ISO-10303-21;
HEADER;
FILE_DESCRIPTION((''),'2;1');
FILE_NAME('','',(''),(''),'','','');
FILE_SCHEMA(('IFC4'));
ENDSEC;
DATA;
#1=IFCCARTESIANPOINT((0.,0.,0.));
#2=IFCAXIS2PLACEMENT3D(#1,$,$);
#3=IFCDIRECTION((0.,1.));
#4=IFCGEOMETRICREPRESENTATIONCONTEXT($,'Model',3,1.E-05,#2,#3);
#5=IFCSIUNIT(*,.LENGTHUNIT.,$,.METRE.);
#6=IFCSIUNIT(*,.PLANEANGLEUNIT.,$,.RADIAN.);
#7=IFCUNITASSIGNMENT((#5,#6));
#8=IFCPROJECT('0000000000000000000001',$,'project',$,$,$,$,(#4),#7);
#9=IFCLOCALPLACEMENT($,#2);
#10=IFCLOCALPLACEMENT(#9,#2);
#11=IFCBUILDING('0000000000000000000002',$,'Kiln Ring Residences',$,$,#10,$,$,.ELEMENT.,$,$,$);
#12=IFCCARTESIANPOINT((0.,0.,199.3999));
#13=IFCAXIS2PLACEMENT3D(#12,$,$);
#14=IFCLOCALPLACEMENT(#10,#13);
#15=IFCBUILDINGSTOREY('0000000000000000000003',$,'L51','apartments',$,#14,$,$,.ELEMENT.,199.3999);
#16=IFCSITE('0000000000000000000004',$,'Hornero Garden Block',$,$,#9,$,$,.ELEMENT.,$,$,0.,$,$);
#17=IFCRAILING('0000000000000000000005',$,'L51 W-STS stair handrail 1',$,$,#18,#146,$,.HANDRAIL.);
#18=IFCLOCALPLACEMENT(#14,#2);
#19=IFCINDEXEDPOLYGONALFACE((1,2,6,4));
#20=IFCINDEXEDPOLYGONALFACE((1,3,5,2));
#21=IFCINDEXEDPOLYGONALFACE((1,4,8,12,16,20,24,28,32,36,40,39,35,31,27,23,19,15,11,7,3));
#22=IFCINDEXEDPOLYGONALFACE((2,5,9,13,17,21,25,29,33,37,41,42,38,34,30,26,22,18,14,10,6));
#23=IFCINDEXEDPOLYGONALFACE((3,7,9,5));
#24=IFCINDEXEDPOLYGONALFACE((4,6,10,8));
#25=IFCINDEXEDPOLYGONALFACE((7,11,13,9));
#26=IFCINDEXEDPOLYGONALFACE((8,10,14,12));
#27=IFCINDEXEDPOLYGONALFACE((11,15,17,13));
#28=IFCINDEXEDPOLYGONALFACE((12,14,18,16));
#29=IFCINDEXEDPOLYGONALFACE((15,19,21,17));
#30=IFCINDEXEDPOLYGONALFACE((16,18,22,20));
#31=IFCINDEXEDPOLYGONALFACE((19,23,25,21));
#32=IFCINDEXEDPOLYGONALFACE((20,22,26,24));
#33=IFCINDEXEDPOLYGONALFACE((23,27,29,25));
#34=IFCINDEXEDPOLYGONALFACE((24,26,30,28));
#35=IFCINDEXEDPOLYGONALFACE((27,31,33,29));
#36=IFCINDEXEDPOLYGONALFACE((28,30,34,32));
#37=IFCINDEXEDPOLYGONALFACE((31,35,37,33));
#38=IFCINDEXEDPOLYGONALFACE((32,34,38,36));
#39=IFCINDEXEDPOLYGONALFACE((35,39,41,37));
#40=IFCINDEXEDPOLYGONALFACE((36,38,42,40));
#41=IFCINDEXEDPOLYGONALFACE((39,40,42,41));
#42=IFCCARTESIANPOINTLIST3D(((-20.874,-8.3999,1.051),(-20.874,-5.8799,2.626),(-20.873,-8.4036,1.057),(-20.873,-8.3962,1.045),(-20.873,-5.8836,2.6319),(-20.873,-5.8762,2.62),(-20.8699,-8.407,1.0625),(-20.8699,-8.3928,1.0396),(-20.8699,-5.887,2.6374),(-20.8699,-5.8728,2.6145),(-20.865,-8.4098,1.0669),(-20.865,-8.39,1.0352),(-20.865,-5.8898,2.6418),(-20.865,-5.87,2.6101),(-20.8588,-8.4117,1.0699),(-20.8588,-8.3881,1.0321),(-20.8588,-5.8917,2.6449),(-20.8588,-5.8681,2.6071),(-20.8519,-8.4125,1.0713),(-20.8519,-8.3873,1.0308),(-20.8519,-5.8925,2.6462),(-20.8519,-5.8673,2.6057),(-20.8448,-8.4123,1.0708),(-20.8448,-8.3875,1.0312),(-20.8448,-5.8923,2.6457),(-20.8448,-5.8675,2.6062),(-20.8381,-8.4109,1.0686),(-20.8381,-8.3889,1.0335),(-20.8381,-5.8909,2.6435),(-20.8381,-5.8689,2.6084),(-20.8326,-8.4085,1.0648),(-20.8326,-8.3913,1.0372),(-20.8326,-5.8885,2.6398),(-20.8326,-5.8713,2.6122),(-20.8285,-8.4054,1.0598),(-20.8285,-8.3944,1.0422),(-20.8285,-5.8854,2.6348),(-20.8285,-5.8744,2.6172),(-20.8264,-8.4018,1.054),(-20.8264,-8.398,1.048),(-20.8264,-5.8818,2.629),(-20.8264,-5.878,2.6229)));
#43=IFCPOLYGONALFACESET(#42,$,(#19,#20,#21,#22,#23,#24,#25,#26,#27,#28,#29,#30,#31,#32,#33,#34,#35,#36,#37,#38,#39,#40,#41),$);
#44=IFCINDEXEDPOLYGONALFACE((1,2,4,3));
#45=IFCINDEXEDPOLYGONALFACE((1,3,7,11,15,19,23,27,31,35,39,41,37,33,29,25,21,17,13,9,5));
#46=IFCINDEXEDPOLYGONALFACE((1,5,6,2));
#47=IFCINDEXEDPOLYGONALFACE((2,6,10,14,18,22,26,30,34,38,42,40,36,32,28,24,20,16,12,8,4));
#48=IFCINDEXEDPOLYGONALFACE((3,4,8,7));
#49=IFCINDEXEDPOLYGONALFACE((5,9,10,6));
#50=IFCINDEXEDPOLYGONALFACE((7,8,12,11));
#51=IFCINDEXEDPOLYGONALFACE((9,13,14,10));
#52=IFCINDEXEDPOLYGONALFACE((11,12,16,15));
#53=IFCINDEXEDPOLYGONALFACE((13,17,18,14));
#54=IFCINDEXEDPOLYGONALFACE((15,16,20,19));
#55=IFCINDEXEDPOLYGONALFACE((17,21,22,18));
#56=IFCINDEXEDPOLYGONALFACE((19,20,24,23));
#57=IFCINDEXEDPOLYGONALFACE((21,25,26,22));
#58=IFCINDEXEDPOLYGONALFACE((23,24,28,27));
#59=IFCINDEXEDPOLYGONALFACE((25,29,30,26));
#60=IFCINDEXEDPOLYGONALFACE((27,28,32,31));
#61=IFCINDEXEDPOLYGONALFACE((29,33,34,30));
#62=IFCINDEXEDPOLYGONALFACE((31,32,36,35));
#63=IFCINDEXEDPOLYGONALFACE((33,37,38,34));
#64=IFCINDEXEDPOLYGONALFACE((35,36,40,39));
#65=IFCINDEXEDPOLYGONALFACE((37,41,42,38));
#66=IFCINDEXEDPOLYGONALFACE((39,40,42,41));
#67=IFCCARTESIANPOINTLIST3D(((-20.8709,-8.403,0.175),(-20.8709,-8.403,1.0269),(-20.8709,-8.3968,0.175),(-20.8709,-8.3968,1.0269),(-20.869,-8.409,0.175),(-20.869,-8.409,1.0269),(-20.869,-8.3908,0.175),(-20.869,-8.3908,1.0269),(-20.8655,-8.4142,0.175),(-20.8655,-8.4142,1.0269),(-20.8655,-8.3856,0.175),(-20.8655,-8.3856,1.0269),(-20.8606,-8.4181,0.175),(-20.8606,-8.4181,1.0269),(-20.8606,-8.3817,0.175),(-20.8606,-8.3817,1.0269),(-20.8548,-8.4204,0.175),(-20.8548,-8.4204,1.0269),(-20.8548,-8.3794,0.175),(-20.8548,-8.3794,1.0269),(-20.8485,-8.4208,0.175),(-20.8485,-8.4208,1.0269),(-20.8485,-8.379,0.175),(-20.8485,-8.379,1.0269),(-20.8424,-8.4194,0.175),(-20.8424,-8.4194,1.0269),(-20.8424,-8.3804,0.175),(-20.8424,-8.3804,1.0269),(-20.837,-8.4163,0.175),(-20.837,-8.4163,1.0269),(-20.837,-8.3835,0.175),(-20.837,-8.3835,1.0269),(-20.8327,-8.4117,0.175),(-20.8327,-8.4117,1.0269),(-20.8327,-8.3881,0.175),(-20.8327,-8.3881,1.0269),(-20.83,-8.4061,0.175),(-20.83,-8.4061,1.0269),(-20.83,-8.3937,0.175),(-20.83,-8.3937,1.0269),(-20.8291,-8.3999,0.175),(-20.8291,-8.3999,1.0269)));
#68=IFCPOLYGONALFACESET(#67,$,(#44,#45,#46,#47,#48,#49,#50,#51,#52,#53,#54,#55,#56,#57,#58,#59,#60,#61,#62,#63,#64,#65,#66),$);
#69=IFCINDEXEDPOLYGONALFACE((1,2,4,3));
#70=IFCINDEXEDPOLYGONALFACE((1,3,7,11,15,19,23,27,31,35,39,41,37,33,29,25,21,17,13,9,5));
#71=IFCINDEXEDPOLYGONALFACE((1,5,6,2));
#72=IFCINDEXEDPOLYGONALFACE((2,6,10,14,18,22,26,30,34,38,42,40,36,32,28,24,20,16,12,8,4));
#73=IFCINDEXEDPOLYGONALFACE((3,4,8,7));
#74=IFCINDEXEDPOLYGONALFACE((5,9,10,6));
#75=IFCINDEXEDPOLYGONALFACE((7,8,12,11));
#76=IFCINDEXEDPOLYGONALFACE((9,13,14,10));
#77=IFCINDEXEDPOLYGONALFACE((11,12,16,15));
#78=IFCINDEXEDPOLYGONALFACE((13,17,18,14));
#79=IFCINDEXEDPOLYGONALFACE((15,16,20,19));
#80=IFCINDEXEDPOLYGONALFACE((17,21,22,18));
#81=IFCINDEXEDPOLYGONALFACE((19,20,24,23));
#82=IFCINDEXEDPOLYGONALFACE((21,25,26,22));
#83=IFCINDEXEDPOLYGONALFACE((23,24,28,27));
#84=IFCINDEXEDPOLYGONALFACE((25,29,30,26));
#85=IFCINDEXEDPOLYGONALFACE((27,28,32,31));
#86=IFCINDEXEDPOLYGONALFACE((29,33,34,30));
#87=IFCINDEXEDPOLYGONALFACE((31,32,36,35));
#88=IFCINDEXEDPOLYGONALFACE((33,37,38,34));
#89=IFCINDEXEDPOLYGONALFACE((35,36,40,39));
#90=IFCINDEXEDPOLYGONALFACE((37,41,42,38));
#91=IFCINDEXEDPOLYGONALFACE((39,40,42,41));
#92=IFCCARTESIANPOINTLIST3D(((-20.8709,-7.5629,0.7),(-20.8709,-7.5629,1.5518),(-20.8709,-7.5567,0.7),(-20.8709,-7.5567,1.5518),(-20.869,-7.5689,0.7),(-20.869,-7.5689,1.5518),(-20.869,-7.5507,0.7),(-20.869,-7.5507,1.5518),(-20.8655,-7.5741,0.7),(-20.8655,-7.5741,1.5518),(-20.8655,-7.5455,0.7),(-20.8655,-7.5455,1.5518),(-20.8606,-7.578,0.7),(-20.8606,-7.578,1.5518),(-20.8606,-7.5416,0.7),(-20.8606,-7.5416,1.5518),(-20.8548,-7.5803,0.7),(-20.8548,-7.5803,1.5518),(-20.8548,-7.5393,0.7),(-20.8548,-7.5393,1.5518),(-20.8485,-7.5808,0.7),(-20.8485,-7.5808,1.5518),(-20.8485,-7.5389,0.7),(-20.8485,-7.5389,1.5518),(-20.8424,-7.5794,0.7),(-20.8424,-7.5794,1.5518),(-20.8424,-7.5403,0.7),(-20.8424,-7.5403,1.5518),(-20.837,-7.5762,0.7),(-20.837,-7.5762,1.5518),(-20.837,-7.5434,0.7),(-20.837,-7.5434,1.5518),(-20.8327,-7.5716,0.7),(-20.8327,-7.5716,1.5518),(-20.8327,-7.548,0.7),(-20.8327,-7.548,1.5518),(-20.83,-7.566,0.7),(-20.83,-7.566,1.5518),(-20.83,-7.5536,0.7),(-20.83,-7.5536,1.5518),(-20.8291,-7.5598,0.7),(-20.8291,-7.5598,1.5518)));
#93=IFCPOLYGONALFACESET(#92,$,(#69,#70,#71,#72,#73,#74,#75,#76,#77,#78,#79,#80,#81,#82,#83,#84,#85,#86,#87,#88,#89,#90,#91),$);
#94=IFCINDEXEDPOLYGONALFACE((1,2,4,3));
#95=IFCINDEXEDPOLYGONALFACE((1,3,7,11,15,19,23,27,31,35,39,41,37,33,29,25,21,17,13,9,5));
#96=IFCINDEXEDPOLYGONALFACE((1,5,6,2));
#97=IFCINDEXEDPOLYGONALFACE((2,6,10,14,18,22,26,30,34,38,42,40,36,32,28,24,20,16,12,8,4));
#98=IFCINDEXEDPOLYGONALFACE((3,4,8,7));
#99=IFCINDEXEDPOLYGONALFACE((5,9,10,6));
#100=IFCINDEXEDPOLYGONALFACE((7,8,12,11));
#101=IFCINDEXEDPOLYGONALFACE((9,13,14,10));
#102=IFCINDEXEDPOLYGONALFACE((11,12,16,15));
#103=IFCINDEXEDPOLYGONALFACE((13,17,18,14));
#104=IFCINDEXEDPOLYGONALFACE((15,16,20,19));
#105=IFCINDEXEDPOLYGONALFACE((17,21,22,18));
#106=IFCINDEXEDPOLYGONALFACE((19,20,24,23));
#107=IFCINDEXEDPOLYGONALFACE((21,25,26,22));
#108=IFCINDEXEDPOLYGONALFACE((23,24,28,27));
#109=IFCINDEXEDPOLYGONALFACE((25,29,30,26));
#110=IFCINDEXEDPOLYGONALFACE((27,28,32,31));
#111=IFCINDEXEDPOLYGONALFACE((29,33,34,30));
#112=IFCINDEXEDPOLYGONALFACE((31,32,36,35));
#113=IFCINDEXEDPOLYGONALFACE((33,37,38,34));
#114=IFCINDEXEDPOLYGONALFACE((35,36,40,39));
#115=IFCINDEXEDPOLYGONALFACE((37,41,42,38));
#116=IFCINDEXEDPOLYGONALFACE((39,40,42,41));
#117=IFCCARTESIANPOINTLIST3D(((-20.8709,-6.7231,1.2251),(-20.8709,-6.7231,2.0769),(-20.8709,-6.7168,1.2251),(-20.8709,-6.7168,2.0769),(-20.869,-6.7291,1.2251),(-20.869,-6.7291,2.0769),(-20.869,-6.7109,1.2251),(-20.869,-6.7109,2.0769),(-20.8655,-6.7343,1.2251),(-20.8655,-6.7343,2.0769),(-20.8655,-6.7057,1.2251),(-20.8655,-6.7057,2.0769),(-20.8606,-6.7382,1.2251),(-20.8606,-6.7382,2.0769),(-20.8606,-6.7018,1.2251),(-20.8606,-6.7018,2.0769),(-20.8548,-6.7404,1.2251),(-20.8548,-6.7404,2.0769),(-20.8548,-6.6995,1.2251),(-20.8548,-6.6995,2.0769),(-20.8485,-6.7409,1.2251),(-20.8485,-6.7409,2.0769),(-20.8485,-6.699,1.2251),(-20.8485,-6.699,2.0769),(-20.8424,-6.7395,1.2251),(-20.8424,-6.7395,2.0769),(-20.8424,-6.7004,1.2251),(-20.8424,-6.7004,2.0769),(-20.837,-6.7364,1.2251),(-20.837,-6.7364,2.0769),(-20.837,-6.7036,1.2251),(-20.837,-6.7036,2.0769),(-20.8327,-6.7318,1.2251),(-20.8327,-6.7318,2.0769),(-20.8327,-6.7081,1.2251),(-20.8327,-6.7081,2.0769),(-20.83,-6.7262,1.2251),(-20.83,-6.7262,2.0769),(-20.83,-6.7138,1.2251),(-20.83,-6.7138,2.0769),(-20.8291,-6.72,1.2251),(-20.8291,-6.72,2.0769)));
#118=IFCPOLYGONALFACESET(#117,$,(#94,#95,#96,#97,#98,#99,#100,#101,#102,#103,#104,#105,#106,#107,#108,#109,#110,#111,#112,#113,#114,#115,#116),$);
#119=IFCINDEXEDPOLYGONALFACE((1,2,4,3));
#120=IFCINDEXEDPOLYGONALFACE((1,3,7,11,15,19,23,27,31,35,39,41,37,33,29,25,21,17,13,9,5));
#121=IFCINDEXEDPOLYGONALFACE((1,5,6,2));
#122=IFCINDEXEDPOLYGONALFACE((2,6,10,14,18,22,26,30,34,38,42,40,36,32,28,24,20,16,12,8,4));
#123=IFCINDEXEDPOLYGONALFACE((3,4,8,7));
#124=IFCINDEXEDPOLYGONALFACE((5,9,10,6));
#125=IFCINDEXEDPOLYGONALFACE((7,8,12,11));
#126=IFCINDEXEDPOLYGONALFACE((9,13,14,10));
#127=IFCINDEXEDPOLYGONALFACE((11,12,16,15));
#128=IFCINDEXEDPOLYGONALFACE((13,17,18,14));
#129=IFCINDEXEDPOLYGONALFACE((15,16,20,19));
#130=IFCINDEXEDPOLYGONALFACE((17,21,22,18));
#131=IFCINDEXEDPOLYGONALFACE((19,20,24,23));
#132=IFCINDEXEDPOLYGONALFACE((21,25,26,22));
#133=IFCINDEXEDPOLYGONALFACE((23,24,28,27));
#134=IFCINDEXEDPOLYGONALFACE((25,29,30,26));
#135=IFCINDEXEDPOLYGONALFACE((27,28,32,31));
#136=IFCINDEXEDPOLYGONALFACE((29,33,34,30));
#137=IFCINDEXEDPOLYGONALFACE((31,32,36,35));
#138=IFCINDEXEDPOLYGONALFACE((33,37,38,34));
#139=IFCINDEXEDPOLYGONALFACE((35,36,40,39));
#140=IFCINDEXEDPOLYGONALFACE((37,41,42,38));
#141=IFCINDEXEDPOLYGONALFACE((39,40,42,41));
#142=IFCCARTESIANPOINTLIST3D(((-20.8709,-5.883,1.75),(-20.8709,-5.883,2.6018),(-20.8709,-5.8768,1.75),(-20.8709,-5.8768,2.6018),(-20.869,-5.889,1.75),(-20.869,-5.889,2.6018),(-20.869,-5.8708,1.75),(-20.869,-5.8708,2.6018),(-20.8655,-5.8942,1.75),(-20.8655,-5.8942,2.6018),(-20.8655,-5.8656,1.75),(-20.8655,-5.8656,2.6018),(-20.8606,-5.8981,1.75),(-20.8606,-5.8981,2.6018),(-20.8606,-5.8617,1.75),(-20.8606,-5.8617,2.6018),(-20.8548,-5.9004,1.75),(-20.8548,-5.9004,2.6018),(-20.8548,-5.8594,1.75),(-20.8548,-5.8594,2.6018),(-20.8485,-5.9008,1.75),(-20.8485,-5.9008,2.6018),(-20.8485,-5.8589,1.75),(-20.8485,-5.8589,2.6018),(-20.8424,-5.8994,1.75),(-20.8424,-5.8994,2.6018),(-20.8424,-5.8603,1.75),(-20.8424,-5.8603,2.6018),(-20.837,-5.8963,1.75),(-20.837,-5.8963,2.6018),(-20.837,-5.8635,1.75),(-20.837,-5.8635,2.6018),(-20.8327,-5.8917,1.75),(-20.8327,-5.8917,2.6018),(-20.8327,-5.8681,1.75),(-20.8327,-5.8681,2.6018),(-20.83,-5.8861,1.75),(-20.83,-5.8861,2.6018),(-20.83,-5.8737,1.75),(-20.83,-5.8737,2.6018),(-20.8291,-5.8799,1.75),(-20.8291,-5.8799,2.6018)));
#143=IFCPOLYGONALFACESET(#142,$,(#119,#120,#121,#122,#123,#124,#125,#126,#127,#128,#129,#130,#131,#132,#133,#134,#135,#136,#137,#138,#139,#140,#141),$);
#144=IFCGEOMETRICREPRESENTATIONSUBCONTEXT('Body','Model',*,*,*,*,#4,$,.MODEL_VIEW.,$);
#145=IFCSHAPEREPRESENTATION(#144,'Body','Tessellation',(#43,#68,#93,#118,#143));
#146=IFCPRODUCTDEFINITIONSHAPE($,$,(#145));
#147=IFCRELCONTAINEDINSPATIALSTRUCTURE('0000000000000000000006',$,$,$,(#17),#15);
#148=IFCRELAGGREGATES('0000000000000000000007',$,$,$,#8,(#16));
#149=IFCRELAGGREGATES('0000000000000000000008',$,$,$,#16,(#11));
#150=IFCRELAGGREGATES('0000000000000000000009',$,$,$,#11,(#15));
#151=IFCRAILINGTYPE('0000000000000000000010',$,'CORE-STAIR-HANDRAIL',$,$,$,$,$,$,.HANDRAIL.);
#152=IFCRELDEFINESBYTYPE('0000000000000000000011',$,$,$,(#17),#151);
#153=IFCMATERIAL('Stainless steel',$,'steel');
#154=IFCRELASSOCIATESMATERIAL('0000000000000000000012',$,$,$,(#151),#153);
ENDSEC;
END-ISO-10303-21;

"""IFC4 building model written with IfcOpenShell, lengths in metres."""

from ifc_helpers import new_model, si_unit, direction, frame, origin, origin_2d, place, context, subcontext, project, spatial, circle, extrude, material, type_object, element, save


model = new_model("IFC4")

# Units and contexts
model_context = context("Model", 3, precision=1e-05, world=origin(), true_north=direction((0.0, 1.0)))
body_context = subcontext(model_context, "Body", "Model", "MODEL_VIEW")
ifc_project = project(units=[si_unit("LENGTHUNIT", "METRE"), si_unit("PLANEANGLEUNIT", "RADIAN")], contexts=[model_context])

# Site, building, storey
site_placement = place(None, origin())
site = spatial("IfcSite", under=ifc_project, at=site_placement, Name="Hornero Garden Block", CompositionType="ELEMENT", RefElevation=0.0)
building_placement = place(site_placement, origin())
building = spatial("IfcBuilding", under=site, at=building_placement, Name="Kiln Ring Residences", CompositionType="ELEMENT")
storey_placement = place(building_placement, frame((0.0, 0.0, 199.3999)))
storey = spatial("IfcBuildingStorey", under=building, at=storey_placement, Name="L51", Description="apartments", CompositionType="ELEMENT", Elevation=199.3999)

# Railing
ifc_material_1 = material(Name="Stainless steel", Category="steel")
railing_type_1 = type_object("IfcRailingType", Name="CORE-STAIR-HANDRAIL", PredefinedType="HANDRAIL", material=ifc_material_1)
railing_1_placement = place(storey_placement, frame((-20.8501, -8.3999, 0.175)))
element("IfcRailing", 1, at=railing_1_placement, inside=storey, type_object=railing_type_1, Name="L51 W-STS stair handrail 1", PredefinedType="HANDRAIL", context=body_context, shape_type="SweptSolid", body=[
    extrude(circle(Radius=0.0239, at=origin_2d()), frame((0.0, 0.0, 0.876), z_axis=(0.0, 0.848008, 0.529984), x_axis=(-1.0, 0.0, 0.0)), (0.0, 0.0, 1.0), 2.9717),
    extrude(circle(Radius=0.021, at=origin_2d()), origin(), (0.0, 0.0, 1.0), 0.8518),
    extrude(circle(Radius=0.021, at=origin_2d()), frame((0.0, 0.8401, 0.5249)), (0.0, 0.0, 1.0), 0.8518),
    extrude(circle(Radius=0.021, at=origin_2d()), frame((0.0, 1.6799, 1.05)), (0.0, 0.0, 1.0), 0.8518),
    extrude(circle(Radius=0.021, at=origin_2d()), frame((0.0, 2.52, 1.575)), (0.0, 0.0, 1.0), 0.8518),
])

save(model, "model.ifc")
